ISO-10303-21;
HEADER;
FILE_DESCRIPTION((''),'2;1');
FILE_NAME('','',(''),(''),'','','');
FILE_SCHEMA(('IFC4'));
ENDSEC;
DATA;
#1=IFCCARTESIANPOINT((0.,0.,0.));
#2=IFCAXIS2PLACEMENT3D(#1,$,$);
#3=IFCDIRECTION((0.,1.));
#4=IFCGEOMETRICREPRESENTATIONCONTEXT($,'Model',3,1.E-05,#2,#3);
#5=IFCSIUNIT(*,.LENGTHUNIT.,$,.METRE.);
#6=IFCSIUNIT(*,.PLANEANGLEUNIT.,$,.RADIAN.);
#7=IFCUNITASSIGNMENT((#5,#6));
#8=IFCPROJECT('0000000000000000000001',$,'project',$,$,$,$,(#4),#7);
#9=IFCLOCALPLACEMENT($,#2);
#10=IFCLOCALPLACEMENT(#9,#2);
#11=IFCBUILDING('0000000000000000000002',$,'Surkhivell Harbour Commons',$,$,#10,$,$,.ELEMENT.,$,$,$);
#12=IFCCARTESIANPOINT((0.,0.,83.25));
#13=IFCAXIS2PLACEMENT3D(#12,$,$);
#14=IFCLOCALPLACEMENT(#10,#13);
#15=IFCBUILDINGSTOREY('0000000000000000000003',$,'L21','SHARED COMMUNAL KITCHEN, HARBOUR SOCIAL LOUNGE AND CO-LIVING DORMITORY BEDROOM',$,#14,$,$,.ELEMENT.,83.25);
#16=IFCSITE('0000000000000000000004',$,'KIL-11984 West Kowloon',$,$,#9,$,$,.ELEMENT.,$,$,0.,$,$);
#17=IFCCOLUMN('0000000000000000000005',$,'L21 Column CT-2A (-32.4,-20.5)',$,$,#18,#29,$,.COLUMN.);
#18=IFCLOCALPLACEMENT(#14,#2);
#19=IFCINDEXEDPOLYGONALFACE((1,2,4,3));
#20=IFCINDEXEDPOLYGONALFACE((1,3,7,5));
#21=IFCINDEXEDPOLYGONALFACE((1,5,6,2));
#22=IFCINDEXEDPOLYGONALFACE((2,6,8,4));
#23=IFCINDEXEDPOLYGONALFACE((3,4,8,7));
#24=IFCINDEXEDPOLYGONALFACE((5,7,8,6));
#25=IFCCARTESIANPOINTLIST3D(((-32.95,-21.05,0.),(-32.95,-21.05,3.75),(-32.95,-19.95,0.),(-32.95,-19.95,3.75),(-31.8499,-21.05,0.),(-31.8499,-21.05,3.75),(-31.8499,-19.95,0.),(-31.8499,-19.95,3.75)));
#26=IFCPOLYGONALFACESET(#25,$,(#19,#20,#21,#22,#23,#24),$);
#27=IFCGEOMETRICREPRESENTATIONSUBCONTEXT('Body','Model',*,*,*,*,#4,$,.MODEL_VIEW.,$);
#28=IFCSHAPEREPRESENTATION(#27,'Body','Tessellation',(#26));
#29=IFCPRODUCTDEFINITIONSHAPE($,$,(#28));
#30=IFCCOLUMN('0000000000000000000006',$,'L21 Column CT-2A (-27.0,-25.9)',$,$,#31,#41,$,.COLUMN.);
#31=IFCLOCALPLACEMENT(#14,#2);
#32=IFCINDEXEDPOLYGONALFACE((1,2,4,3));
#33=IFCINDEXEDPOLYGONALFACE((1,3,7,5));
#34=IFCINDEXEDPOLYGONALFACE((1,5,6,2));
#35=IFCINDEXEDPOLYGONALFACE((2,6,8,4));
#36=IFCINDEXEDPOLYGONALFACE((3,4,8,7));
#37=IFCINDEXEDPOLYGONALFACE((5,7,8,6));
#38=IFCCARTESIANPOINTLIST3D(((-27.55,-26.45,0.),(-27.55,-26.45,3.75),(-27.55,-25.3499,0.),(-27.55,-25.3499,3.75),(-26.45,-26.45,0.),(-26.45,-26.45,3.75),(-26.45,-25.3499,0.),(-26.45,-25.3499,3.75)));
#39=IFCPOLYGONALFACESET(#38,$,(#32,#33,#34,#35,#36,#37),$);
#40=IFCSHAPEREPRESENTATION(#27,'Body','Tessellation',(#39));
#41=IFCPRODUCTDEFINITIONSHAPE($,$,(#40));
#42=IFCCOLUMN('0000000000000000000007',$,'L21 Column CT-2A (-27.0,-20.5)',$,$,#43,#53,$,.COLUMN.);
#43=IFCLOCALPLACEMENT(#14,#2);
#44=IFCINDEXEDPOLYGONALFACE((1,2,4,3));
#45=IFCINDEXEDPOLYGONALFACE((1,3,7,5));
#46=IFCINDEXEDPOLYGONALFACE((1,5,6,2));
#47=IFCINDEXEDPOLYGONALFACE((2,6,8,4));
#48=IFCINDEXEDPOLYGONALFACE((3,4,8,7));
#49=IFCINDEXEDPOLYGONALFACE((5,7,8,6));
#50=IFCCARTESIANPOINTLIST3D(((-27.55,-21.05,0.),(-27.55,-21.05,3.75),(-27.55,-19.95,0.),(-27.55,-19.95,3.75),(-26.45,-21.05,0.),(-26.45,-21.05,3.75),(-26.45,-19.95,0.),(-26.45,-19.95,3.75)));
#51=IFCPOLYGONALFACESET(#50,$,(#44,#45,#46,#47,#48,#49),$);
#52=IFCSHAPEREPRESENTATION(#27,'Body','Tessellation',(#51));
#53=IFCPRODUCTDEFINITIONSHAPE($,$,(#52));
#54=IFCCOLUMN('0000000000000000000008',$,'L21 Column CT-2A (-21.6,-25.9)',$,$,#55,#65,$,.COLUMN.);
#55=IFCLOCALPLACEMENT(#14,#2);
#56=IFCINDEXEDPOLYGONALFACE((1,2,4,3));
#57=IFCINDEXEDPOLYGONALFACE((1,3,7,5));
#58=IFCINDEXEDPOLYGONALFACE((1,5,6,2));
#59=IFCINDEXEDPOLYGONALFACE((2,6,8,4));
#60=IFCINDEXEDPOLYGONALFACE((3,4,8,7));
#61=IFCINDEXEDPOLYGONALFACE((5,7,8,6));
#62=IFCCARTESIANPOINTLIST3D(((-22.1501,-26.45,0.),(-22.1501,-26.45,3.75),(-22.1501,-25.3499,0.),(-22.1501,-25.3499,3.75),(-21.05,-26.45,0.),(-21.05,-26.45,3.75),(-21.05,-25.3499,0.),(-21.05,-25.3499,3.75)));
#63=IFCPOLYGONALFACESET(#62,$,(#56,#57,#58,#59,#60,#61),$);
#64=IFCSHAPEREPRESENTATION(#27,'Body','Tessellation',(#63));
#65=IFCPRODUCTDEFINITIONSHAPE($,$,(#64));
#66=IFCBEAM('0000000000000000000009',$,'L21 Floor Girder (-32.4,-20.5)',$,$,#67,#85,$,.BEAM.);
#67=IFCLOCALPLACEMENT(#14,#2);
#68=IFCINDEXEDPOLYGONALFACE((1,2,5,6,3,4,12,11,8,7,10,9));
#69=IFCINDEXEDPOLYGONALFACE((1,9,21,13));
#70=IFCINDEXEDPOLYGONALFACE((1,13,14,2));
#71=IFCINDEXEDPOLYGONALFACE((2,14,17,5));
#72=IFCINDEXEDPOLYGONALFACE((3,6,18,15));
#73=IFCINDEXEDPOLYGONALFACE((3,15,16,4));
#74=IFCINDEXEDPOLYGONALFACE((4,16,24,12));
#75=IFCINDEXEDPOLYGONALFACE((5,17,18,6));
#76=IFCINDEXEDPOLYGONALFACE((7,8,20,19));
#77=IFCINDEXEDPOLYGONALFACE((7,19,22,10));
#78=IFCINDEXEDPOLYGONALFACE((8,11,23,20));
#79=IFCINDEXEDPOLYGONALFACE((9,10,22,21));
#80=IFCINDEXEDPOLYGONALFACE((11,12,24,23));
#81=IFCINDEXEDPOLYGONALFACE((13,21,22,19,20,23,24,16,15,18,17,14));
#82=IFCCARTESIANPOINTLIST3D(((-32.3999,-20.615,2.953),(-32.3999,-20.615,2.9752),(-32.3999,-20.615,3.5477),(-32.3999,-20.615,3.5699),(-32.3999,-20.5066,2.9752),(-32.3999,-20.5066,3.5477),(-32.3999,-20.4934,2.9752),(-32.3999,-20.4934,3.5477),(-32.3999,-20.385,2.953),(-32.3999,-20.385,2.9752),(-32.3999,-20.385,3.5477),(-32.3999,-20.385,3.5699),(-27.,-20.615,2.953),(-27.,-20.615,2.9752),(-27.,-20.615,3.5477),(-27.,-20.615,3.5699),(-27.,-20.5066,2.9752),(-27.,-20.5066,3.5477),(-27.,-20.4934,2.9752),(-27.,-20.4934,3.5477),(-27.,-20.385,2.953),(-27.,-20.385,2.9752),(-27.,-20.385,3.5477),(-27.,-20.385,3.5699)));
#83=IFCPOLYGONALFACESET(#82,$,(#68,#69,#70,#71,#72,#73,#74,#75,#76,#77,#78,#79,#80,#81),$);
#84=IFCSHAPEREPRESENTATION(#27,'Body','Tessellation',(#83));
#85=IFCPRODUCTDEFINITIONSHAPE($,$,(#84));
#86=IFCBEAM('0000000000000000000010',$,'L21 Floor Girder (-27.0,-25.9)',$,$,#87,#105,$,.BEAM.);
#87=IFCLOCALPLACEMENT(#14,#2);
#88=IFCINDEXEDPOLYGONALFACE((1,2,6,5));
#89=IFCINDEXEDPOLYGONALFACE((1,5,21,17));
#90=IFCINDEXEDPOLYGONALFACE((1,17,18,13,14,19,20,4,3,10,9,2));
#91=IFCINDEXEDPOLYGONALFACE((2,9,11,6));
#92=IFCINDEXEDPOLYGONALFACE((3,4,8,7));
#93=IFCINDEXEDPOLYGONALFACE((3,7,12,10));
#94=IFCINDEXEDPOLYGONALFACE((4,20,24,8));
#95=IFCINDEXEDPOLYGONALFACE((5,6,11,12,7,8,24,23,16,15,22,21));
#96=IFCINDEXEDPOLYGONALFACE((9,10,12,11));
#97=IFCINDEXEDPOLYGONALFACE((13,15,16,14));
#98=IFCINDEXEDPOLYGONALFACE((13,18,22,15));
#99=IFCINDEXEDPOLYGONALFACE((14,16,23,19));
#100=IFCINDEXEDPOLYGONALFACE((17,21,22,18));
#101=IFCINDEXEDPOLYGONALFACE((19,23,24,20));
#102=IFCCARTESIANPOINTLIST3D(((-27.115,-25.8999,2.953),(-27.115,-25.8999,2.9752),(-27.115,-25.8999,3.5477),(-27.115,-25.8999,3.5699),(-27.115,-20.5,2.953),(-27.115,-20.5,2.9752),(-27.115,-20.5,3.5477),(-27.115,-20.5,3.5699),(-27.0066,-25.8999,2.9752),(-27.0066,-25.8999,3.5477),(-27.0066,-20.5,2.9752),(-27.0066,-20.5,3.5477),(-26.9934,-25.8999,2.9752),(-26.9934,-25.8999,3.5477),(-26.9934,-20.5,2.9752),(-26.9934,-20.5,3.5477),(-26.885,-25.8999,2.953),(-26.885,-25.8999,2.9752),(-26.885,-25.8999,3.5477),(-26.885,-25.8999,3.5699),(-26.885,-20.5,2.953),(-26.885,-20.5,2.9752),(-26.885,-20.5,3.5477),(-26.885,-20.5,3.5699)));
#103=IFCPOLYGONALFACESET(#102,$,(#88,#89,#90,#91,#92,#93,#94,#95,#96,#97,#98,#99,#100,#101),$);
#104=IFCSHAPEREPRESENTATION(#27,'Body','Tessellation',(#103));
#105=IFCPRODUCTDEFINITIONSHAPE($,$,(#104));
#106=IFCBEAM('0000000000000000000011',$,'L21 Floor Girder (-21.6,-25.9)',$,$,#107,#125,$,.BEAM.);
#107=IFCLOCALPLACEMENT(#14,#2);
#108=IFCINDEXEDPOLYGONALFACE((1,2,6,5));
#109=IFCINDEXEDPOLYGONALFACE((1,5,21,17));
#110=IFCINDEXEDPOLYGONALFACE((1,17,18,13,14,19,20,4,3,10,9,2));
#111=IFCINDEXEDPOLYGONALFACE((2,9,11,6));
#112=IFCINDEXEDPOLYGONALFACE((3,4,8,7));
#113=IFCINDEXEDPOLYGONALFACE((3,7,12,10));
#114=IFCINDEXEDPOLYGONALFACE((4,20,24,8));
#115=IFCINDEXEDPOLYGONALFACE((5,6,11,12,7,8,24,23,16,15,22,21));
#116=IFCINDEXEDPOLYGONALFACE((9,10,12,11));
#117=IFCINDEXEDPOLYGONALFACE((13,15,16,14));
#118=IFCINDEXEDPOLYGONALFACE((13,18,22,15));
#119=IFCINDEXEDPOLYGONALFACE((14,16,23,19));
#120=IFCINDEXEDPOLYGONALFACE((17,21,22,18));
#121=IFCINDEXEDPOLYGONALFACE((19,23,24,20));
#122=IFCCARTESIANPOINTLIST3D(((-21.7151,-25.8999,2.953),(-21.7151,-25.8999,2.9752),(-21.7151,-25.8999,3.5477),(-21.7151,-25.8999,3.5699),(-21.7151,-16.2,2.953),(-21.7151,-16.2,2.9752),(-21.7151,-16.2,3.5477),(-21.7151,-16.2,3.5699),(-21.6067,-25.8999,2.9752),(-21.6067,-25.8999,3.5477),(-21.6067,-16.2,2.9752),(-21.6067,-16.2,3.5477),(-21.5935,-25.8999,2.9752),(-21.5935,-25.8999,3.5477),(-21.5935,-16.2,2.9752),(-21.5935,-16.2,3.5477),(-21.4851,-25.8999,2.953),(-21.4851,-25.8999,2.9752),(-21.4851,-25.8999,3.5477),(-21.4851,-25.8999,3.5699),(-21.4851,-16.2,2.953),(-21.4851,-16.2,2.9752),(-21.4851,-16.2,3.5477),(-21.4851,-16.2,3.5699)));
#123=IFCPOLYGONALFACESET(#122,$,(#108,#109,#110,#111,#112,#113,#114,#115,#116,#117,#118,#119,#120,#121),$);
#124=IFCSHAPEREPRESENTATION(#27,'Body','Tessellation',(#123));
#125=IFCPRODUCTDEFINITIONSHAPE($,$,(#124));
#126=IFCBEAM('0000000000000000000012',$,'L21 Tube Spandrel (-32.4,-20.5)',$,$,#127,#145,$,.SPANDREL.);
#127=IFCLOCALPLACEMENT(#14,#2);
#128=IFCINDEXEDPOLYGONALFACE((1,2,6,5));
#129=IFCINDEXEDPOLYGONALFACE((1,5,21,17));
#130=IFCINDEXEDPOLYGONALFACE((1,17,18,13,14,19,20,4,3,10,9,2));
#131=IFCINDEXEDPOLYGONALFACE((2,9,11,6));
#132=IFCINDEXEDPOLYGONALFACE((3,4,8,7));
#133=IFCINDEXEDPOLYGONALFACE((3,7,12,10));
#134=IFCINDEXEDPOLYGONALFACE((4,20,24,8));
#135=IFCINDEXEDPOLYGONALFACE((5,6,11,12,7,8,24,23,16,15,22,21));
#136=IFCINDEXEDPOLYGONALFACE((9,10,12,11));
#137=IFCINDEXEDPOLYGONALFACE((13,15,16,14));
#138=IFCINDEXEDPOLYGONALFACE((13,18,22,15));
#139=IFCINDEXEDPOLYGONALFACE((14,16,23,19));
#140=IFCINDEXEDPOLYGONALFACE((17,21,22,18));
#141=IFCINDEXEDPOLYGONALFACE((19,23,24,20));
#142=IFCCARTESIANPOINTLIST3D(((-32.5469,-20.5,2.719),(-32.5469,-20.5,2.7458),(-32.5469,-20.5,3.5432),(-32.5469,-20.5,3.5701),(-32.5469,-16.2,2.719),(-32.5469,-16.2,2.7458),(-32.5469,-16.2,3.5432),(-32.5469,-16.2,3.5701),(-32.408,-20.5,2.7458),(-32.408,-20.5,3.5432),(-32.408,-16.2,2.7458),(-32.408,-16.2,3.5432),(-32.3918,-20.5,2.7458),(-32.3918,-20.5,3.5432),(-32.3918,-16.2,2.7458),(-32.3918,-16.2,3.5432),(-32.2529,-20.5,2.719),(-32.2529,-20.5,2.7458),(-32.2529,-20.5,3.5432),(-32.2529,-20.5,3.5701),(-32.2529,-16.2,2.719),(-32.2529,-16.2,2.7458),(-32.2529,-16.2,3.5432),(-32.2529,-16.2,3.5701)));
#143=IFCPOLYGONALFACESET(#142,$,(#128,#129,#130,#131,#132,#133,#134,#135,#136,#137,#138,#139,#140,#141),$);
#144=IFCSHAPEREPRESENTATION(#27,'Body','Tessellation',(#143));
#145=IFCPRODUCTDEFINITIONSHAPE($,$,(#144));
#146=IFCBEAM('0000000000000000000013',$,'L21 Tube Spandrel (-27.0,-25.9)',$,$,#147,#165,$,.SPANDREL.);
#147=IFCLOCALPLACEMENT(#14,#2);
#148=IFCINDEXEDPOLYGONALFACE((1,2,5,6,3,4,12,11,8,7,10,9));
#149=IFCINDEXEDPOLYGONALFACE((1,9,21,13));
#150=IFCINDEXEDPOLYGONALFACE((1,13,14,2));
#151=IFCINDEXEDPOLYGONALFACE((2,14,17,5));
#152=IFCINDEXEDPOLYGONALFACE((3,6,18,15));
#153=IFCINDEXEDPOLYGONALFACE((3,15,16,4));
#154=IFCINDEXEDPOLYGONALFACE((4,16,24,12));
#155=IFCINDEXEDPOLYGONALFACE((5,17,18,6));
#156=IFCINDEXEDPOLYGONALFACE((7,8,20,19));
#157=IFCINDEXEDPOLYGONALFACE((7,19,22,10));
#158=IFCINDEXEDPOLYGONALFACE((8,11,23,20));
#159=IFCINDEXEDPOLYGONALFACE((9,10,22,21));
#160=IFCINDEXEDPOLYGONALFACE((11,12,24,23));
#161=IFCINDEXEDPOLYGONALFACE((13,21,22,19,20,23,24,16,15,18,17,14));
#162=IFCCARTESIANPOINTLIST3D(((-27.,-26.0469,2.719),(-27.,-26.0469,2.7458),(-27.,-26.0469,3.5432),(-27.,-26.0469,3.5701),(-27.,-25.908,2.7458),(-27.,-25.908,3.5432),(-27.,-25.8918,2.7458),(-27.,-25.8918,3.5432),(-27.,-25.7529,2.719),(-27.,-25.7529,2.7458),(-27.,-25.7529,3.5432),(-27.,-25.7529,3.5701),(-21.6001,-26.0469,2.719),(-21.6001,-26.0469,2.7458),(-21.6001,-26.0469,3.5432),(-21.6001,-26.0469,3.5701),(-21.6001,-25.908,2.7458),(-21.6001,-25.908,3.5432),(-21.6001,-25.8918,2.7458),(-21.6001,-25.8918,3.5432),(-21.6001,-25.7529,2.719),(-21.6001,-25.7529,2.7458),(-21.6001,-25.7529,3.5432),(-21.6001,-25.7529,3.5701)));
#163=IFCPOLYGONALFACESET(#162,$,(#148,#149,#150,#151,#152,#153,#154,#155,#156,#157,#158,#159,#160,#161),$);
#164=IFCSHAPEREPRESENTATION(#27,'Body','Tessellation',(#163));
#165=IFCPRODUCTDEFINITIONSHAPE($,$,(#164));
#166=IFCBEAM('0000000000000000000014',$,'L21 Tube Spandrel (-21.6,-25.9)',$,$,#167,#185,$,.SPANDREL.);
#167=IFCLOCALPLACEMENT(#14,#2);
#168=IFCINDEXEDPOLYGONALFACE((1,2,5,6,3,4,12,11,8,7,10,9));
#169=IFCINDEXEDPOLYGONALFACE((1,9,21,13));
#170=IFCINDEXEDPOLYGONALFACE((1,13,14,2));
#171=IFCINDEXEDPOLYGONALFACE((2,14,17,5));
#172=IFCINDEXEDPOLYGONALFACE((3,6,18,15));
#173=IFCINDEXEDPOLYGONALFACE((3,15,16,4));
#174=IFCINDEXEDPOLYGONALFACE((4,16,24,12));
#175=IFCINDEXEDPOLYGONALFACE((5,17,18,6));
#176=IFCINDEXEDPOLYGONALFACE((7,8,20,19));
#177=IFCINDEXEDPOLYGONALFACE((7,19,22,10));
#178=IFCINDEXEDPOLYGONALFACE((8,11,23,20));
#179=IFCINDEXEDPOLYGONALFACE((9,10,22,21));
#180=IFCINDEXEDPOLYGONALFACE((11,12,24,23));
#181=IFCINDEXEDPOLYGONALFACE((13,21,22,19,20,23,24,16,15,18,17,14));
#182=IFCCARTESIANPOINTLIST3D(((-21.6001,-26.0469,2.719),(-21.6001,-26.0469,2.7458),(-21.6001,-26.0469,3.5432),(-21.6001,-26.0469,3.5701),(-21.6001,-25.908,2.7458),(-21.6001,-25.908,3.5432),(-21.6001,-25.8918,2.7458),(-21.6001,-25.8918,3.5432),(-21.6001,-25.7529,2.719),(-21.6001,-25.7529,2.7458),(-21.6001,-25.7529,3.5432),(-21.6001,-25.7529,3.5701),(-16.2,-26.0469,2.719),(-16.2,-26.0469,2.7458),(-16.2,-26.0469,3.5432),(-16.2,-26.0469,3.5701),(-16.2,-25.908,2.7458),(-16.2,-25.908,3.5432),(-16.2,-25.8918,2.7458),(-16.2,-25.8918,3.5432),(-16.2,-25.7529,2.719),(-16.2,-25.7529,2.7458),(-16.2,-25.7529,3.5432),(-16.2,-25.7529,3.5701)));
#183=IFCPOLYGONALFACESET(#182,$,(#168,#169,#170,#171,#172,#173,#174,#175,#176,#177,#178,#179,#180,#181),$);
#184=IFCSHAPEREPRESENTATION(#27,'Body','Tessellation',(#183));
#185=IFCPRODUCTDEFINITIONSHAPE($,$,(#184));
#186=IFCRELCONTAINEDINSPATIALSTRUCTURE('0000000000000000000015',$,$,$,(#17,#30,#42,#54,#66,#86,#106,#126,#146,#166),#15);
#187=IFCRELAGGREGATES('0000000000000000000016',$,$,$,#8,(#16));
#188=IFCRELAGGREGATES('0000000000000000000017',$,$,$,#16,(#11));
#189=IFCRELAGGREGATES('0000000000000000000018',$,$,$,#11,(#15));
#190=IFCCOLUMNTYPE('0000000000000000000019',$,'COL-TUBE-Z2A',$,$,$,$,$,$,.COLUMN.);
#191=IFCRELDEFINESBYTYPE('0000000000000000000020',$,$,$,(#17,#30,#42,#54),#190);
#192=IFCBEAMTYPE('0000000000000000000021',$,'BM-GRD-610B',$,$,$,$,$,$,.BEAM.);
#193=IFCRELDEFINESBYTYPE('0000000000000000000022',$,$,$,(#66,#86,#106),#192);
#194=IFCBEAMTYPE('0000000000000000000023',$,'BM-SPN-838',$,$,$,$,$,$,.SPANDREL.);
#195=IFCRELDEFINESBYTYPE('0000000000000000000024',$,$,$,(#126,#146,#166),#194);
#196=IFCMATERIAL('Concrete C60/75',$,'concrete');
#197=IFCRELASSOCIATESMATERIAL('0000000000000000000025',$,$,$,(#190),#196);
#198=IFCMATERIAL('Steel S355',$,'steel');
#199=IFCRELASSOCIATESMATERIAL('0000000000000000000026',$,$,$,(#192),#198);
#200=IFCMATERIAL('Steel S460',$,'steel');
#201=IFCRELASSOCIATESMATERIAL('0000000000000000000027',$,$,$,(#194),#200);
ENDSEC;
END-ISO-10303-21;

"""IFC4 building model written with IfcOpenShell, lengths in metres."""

from ifc_helpers import new_model, si_unit, direction, frame, origin, origin_2d, place, context, subcontext, project, spatial, rectangle, i_section, extrude, material, material_profile, profile_set, type_object, element, save


model = new_model("IFC4")

# Units and contexts
model_context = context("Model", 3, precision=1e-05, world=origin(), true_north=direction((0.0, 1.0)))
body_context = subcontext(model_context, "Body", "Model", "MODEL_VIEW")
ifc_project = project(units=[si_unit("LENGTHUNIT", "METRE"), si_unit("PLANEANGLEUNIT", "RADIAN")], contexts=[model_context])

# Site, building, storey
site_placement = place(None, origin())
site = spatial("IfcSite", under=ifc_project, at=site_placement, Name="KIL-11984 West Kowloon", CompositionType="ELEMENT", RefElevation=0.0)
building_placement = place(site_placement, origin())
building = spatial("IfcBuilding", under=site, at=building_placement, Name="Surkhivell Harbour Commons", CompositionType="ELEMENT")
storey_placement = place(building_placement, frame((0.0, 0.0, 83.25)))
storey = spatial("IfcBuildingStorey", under=building, at=storey_placement, Name="L21", Description="SHARED COMMUNAL KITCHEN, HARBOUR SOCIAL LOUNGE AND CO-LIVING DORMITORY BEDROOM", CompositionType="ELEMENT", Elevation=83.25)

# Columns
ifc_material_1 = material(Name="Concrete C60/75", Category="concrete")
ifc_material_profile_1 = material_profile(ifc_material_1, rectangle(XDim=1.1001, YDim=1.1001, at=origin_2d()), Name="RC-COL-1100x1100")
ifc_profile_set_1 = profile_set([ifc_material_profile_1], Name="Concrete C60/75")
column_type = type_object("IfcColumnType", Name="COL-TUBE-Z2A", PredefinedType="COLUMN", material=ifc_profile_set_1)
for number, where, z_axis, x_axis, name in (
    (1, (-32.3999, -20.5, 0.0), (0.0, 0.0, 1.0), (1.0, 0.0, 0.0), "L21 Column CT-2A (-32.4,-20.5)"),
    (2, (-27.0, -25.8999, 0.0), (0.0, 0.0, 1.0), (1.0, 0.0, 0.0), "L21 Column CT-2A (-27.0,-25.9)"),
    (3, (-27.0, -20.5, 0.0), (0.0, 0.0, 1.0), (1.0, 0.0, 0.0), "L21 Column CT-2A (-27.0,-20.5)"),
    (4, (-21.6001, -25.8999, 0.0), (0.0, 0.0, 1.0), (1.0, 0.0, 0.0), "L21 Column CT-2A (-21.6,-25.9)"),
):
    element("IfcColumn", number, at=place(storey_placement, frame(where, z_axis=z_axis, x_axis=x_axis)), inside=storey, type_object=column_type, Name=name, PredefinedType="COLUMN", context=body_context, shape_type="SweptSolid", body=[
        extrude(rectangle(XDim=1.1001, YDim=1.1001, at=origin_2d()), origin(), (0.0, 0.0, 1.0), 3.75),
    ])

# Beams
ifc_material_2 = material(Name="Steel S355", Category="steel")
ifc_material_profile_2 = material_profile(ifc_material_2, i_section(OverallWidth=0.23, OverallDepth=0.6169, WebThickness=0.0132, FlangeThickness=0.0222, at=origin_2d()), Name="UB610x229x140")
ifc_profile_set_2 = profile_set([ifc_material_profile_2], Name="Steel S355")
beam_type_1 = type_object("IfcBeamType", Name="BM-GRD-610B", PredefinedType="BEAM", material=ifc_profile_set_2)
for number, where, z_axis, x_axis, name in (
    (5, (-32.3999, -20.5, 3.2615), (1.0, 0.0, 0.0), (0.0, 1.0, 0.0), "L21 Floor Girder (-32.4,-20.5)"),
    (6, (-27.0, -25.8999, 3.2615), (0.0, 1.0, 0.0), (-1.0, 0.0, 0.0), "L21 Floor Girder (-27.0,-25.9)"),
):
    element("IfcBeam", number, at=place(storey_placement, frame(where, z_axis=z_axis, x_axis=x_axis)), inside=storey, type_object=beam_type_1, Name=name, PredefinedType="BEAM", context=body_context, shape_type="SweptSolid", body=[
        extrude(i_section(OverallWidth=0.23, OverallDepth=0.6169, WebThickness=0.0132, FlangeThickness=0.0222, at=origin_2d()), origin(), (0.0, 0.0, 1.0), 5.3999),
    ])
beam_1_placement = place(storey_placement, frame((-21.6001, -25.8999, 3.2615), z_axis=(0.0, 1.0, 0.0), x_axis=(-1.0, 0.0, 0.0)))
element("IfcBeam", 7, at=beam_1_placement, inside=storey, type_object=beam_type_1, Name="L21 Floor Girder (-21.6,-25.9)", PredefinedType="BEAM", context=body_context, shape_type="SweptSolid", body=[
    extrude(i_section(OverallWidth=0.23, OverallDepth=0.6169, WebThickness=0.0132, FlangeThickness=0.0222, at=origin_2d()), origin(), (0.0, 0.0, 1.0), 9.7),
])
ifc_material_3 = material(Name="Steel S460", Category="steel")
ifc_material_profile_3 = material_profile(ifc_material_3, i_section(OverallWidth=0.2939, OverallDepth=0.8511, WebThickness=0.0161, FlangeThickness=0.0269, at=origin_2d()), Name="UB838x292x226")
ifc_profile_set_3 = profile_set([ifc_material_profile_3], Name="Steel S460")
beam_type_2 = type_object("IfcBeamType", Name="BM-SPN-838", PredefinedType="SPANDREL", material=ifc_profile_set_3)
beam_2_placement = place(storey_placement, frame((-32.3999, -20.5, 3.1445), z_axis=(0.0, 1.0, 0.0), x_axis=(-1.0, 0.0, 0.0)))
element("IfcBeam", 8, at=beam_2_placement, inside=storey, type_object=beam_type_2, Name="L21 Tube Spandrel (-32.4,-20.5)", PredefinedType="SPANDREL", context=body_context, shape_type="SweptSolid", body=[
    extrude(i_section(OverallWidth=0.2939, OverallDepth=0.8511, WebThickness=0.0161, FlangeThickness=0.0269, at=origin_2d()), origin(), (0.0, 0.0, 1.0), 4.3),
])
beam_3_placement = place(storey_placement, frame((-27.0, -25.8999, 3.1445), z_axis=(1.0, 0.0, 0.0), x_axis=(0.0, 1.0, 0.0)))
element("IfcBeam", 9, at=beam_3_placement, inside=storey, type_object=beam_type_2, Name="L21 Tube Spandrel (-27.0,-25.9)", PredefinedType="SPANDREL", context=body_context, shape_type="SweptSolid", body=[
    extrude(i_section(OverallWidth=0.2939, OverallDepth=0.8511, WebThickness=0.0161, FlangeThickness=0.0269, at=origin_2d()), origin(), (0.0, 0.0, 1.0), 5.3999),
])
beam_4_placement = place(storey_placement, frame((-21.6001, -25.8999, 3.1445), z_axis=(1.0, 0.0, 0.0), x_axis=(0.0, 1.0, 0.0)))
element("IfcBeam", 10, at=beam_4_placement, inside=storey, type_object=beam_type_2, Name="L21 Tube Spandrel (-21.6,-25.9)", PredefinedType="SPANDREL", context=body_context, shape_type="SweptSolid", body=[
    extrude(i_section(OverallWidth=0.2939, OverallDepth=0.8511, WebThickness=0.0161, FlangeThickness=0.0269, at=origin_2d()), origin(), (0.0, 0.0, 1.0), 5.4001),
])

save(model, "model.ifc")
